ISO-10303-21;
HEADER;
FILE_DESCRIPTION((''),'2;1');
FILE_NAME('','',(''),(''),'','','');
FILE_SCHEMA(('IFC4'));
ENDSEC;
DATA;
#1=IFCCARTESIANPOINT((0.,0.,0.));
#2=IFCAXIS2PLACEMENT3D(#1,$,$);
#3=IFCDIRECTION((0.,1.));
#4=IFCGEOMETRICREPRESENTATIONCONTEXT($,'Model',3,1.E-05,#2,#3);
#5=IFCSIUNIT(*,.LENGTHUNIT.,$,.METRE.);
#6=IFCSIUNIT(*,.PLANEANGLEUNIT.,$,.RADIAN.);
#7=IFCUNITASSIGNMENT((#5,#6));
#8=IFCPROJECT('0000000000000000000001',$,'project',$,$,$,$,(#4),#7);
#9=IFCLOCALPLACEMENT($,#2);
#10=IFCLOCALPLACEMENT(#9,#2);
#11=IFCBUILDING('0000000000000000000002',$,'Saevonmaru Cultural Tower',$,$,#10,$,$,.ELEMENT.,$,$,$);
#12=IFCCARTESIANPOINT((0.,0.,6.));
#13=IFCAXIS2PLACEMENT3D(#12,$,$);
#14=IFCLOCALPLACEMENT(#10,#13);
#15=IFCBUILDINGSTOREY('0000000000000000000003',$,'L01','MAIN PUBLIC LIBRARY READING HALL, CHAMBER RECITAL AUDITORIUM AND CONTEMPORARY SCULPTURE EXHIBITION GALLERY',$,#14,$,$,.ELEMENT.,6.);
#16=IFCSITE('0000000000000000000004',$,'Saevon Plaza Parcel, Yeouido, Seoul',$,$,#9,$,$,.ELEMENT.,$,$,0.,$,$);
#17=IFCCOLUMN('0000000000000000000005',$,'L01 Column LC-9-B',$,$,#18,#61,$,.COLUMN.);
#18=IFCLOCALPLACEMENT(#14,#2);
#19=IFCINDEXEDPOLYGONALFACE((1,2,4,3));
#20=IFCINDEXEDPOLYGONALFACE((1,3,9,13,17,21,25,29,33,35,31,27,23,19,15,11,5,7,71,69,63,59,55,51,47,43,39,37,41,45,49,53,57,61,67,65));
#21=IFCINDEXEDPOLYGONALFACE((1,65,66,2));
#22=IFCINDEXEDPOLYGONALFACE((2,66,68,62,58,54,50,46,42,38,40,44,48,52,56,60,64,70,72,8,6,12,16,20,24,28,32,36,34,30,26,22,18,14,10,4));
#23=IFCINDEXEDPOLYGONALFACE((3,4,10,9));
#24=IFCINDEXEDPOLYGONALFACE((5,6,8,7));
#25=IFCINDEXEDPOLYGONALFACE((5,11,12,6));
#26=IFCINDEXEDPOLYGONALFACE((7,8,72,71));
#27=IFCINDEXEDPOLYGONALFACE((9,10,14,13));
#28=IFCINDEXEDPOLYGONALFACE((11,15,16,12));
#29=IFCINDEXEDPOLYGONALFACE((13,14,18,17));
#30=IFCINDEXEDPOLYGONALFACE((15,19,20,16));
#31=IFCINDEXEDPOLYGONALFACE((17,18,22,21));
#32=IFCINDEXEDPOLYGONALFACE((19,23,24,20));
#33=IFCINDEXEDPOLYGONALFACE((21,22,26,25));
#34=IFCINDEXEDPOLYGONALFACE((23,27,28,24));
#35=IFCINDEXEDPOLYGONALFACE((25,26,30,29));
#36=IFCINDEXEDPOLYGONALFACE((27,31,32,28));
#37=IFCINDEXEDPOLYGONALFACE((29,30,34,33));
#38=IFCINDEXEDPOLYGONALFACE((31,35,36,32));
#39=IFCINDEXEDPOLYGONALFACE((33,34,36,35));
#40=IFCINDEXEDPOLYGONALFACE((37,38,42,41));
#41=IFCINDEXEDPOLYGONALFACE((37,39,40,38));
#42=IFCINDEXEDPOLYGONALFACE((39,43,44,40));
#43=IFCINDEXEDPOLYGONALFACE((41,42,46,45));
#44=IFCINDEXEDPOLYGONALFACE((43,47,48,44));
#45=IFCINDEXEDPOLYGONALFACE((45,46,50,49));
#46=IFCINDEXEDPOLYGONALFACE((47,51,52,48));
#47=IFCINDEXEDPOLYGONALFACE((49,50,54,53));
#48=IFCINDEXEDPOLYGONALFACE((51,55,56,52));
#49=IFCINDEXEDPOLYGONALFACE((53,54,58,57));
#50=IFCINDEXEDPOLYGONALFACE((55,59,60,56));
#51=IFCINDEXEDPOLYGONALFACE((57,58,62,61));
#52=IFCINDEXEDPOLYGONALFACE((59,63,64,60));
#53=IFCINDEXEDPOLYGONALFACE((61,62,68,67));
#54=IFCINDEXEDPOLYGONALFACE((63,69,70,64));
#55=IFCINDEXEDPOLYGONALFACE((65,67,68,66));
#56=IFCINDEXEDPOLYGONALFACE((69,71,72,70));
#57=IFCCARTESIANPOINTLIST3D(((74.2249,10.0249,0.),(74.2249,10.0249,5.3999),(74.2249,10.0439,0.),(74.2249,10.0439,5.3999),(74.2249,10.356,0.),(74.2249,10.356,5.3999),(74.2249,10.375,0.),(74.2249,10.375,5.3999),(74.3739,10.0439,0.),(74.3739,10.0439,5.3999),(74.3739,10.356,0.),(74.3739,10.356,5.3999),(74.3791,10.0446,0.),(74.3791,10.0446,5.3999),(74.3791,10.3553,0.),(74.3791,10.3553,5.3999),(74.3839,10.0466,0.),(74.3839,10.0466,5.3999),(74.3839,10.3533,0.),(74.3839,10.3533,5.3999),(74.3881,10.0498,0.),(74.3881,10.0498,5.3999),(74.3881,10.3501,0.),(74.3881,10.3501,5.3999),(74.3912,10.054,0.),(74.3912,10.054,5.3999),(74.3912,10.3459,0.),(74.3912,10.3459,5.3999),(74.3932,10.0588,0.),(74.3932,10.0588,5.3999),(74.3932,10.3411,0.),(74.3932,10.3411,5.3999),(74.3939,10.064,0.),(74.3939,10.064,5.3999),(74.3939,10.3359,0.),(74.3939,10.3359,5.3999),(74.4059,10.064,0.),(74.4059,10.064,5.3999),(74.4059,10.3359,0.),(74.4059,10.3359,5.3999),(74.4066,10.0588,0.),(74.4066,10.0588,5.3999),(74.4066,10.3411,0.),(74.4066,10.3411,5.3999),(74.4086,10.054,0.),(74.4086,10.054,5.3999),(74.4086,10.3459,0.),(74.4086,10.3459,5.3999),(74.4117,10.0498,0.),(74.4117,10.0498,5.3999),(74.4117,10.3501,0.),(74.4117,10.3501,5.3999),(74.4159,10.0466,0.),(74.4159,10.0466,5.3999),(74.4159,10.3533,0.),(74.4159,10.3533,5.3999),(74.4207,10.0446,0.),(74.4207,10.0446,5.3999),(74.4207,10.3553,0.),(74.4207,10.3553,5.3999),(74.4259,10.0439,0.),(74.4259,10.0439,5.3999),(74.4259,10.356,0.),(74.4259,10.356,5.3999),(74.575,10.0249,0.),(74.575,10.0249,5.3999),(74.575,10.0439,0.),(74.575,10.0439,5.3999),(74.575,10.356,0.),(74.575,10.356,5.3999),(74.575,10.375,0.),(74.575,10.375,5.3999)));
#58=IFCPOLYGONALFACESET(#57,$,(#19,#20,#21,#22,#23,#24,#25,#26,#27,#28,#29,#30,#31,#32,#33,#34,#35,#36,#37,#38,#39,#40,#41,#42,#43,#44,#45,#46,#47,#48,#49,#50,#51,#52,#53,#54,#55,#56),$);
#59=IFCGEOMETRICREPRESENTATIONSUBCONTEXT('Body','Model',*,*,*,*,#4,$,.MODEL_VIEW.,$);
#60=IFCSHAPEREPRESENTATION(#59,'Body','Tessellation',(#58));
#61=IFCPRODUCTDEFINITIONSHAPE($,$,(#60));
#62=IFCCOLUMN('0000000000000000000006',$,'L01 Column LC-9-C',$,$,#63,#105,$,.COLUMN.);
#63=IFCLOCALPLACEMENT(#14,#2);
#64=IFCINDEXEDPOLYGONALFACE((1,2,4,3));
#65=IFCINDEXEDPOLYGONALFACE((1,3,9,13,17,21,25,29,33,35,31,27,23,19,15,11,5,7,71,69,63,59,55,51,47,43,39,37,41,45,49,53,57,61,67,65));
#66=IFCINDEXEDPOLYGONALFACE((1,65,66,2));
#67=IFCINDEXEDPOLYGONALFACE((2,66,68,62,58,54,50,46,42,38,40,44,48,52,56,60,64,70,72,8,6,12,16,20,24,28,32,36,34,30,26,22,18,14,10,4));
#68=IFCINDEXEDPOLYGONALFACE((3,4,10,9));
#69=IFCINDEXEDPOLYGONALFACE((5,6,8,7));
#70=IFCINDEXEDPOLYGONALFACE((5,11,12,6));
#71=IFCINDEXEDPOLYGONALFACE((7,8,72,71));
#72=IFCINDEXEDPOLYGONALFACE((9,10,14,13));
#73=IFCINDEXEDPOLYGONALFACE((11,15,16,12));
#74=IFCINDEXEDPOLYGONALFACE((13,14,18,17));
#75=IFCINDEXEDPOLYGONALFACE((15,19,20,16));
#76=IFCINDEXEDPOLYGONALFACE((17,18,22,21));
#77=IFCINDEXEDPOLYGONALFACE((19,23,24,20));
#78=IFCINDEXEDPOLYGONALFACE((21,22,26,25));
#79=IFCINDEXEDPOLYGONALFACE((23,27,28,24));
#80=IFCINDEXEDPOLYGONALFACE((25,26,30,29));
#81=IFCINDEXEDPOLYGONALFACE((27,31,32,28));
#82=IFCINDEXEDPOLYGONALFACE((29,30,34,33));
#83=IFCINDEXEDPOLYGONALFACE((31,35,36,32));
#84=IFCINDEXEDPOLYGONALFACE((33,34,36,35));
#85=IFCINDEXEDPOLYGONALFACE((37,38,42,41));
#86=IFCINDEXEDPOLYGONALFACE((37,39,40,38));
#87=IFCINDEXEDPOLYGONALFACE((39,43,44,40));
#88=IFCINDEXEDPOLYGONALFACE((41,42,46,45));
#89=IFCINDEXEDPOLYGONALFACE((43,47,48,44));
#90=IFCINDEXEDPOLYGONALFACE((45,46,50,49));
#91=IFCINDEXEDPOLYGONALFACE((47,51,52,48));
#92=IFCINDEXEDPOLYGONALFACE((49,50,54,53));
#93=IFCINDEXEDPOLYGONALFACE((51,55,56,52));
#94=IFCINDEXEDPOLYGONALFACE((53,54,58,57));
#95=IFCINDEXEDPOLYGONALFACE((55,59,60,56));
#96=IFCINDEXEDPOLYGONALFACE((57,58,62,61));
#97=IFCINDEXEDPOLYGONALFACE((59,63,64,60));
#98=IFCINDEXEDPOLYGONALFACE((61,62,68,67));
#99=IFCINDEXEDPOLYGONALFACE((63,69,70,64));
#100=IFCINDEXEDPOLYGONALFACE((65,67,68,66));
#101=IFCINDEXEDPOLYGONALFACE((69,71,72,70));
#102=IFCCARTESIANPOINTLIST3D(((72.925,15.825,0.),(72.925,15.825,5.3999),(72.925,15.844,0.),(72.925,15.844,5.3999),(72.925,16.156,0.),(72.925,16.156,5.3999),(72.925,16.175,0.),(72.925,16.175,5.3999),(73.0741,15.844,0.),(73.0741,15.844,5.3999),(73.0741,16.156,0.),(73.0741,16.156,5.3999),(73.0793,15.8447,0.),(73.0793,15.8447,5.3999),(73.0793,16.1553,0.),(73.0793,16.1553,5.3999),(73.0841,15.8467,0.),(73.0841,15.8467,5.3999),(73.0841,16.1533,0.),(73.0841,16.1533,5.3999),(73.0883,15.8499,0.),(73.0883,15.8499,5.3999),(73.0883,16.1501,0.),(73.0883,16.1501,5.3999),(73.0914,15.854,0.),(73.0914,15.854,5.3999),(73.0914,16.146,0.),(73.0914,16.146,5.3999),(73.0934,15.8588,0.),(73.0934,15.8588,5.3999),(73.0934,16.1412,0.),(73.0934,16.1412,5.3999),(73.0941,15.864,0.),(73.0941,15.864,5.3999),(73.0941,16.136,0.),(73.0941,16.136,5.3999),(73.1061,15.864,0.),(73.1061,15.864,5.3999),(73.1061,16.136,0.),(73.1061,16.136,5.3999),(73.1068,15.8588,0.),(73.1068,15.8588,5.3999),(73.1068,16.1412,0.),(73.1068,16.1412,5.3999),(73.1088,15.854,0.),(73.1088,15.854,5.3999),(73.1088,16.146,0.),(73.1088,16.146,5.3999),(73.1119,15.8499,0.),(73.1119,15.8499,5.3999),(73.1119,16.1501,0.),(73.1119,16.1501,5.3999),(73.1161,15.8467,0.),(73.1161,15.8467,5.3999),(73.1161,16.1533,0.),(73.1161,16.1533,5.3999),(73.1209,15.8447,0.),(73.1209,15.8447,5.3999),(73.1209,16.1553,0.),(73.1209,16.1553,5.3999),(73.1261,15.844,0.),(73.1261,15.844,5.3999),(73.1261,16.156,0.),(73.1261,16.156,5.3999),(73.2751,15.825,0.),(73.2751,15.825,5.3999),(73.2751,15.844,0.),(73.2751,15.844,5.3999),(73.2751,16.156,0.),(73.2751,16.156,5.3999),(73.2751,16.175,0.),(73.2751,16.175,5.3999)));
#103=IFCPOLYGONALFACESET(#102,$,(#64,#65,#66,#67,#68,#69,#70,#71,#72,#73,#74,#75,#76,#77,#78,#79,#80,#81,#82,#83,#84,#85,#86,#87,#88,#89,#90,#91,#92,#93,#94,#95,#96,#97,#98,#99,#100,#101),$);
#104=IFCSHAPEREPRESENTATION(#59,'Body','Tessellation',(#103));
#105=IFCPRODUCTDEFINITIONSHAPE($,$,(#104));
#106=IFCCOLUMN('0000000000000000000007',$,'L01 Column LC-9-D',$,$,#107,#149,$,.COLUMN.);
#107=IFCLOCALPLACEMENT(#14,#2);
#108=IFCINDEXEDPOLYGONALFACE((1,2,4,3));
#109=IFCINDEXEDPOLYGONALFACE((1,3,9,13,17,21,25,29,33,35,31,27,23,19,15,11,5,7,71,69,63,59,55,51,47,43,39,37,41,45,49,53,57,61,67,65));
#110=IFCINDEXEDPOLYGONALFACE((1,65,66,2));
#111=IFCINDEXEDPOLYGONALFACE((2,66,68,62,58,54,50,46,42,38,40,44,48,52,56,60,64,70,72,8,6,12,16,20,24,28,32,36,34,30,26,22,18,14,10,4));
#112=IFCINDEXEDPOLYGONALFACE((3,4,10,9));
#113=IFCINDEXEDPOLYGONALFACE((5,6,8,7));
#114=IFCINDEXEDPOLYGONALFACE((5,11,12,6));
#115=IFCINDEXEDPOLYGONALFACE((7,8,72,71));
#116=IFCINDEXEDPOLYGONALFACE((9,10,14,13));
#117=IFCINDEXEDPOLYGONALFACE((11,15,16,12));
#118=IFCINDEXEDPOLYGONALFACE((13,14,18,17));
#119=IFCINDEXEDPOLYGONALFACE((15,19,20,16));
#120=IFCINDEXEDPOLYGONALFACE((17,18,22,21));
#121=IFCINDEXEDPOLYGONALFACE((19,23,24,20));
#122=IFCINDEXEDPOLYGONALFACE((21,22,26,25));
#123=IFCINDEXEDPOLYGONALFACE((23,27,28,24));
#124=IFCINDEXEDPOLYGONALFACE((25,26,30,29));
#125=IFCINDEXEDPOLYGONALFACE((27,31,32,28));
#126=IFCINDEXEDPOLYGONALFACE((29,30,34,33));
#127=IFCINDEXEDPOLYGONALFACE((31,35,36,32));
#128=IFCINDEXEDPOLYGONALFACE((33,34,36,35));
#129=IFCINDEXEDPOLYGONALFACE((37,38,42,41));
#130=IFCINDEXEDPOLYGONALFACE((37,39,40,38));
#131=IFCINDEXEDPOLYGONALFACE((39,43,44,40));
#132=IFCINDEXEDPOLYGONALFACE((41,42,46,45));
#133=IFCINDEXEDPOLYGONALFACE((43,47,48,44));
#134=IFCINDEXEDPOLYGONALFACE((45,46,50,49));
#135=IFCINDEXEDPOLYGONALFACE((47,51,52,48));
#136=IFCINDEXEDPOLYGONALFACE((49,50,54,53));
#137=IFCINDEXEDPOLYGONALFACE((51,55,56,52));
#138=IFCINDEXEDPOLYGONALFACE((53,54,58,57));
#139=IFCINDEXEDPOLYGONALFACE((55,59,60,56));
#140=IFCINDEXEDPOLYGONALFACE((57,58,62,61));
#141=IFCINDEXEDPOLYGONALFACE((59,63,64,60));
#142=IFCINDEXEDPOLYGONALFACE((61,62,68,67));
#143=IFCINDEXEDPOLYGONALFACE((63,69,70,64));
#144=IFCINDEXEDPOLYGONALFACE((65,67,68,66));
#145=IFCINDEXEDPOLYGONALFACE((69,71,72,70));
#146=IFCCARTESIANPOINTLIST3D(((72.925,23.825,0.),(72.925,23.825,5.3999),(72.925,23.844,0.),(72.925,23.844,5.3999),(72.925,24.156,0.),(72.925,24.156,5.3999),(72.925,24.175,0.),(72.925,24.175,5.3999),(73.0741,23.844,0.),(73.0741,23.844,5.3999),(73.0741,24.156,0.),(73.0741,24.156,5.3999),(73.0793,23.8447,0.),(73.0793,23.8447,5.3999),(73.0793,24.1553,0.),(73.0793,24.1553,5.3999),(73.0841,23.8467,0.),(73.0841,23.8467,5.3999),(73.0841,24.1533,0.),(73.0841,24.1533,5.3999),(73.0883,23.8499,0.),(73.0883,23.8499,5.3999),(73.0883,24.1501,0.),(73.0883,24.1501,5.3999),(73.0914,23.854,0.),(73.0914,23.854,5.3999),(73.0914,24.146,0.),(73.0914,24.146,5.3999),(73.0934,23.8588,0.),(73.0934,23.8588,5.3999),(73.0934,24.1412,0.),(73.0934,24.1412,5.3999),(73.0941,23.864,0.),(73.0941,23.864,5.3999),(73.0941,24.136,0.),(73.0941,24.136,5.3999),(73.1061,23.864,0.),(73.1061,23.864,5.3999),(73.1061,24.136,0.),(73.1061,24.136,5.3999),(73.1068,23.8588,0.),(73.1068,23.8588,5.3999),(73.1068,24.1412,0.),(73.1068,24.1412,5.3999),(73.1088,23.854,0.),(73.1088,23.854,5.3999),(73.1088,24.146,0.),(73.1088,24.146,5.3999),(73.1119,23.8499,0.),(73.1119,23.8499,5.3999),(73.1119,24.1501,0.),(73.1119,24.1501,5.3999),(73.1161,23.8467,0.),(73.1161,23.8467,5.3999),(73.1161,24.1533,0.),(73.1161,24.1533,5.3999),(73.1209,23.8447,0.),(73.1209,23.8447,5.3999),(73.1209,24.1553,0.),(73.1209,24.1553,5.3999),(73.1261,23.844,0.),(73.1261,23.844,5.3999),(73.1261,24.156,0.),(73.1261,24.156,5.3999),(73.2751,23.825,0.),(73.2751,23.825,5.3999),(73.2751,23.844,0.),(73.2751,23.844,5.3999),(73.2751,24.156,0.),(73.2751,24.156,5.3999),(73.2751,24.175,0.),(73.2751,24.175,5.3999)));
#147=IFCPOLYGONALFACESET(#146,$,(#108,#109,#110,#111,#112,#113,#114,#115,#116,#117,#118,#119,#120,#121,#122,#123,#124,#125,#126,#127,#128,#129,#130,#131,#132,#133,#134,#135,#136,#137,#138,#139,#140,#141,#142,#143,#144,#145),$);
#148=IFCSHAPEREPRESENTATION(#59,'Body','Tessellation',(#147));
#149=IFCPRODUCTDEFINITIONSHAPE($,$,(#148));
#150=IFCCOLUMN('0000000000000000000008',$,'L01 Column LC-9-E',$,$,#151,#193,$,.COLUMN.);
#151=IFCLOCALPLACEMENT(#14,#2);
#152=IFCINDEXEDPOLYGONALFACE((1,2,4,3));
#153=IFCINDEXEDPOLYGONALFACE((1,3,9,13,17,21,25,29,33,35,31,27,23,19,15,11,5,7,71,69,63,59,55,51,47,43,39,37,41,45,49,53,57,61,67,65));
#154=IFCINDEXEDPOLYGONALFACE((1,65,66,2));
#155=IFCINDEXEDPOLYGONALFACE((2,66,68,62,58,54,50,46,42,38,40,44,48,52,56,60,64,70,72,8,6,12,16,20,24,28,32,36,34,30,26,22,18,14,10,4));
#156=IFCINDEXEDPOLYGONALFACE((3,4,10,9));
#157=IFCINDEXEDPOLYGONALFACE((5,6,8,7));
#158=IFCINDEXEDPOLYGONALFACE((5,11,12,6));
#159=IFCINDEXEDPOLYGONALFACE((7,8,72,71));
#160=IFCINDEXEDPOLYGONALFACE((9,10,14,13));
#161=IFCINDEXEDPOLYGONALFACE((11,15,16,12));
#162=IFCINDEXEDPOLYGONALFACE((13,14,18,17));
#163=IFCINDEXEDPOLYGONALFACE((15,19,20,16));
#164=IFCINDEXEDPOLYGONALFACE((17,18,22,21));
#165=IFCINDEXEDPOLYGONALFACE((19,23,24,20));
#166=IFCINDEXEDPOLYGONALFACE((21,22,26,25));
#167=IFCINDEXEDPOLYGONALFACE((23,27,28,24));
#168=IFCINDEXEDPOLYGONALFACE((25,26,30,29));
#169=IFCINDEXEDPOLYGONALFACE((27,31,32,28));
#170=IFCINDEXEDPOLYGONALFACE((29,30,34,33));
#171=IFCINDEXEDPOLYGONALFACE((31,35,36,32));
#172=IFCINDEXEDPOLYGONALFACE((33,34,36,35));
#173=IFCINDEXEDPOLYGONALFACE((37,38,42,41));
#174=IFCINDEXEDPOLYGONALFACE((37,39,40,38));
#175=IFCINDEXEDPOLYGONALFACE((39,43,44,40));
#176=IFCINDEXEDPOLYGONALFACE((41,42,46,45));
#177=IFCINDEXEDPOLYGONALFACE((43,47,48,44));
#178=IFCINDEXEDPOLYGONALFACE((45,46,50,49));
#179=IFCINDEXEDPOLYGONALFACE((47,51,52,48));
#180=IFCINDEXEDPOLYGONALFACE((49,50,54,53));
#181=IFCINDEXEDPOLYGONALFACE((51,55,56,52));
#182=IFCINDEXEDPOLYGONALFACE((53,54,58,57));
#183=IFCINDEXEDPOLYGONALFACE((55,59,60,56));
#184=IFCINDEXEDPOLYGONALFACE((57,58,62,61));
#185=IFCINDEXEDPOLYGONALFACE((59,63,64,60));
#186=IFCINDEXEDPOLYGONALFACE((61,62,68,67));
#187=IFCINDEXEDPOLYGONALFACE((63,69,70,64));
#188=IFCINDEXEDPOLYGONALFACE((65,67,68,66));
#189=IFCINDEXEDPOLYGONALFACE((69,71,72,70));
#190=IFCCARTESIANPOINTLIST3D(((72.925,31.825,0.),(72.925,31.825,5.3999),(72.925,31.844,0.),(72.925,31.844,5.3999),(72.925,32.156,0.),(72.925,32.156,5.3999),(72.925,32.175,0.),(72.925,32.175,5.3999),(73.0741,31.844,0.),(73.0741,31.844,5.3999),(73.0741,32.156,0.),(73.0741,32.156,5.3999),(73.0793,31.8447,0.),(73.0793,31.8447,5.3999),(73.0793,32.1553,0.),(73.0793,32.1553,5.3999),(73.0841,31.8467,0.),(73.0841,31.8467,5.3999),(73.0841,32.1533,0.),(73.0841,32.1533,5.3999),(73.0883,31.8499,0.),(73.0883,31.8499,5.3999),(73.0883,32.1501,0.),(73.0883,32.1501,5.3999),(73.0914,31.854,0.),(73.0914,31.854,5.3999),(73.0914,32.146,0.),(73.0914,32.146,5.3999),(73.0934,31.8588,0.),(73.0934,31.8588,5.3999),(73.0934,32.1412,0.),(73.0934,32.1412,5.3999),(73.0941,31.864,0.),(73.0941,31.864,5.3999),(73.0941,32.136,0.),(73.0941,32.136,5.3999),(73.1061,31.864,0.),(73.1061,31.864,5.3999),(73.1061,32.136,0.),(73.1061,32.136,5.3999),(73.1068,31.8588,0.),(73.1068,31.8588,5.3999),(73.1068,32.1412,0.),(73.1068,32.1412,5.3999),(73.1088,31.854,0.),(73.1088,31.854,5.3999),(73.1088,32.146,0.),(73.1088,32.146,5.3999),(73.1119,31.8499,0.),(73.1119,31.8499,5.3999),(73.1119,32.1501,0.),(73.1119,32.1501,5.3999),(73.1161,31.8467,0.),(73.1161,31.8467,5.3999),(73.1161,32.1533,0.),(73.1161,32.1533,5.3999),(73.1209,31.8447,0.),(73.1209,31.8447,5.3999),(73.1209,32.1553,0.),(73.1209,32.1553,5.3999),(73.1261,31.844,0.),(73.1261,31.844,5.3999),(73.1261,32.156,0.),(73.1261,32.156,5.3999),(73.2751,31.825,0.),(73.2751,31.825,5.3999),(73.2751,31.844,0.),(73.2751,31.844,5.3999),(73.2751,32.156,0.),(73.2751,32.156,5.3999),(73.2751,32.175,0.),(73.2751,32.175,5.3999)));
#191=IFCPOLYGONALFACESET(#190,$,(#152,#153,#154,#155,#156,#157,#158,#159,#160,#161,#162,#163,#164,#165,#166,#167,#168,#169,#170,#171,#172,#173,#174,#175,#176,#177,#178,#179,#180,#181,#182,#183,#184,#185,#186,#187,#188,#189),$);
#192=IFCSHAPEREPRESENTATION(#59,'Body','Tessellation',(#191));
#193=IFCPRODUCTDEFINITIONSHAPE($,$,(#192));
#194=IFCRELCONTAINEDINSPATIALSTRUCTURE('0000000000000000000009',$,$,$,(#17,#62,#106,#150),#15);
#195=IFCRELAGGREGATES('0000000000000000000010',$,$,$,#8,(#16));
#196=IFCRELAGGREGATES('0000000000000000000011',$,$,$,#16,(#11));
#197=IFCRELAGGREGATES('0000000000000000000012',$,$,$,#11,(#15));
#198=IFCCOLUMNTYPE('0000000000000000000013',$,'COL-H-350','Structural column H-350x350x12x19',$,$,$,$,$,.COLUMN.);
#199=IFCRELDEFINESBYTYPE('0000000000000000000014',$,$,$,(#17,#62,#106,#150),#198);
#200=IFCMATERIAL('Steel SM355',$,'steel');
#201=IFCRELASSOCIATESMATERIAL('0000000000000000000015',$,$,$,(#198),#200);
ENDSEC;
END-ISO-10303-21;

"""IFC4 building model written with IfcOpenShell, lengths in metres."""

from ifc_helpers import new_model, si_unit, direction, frame, origin, origin_2d, place, context, subcontext, project, spatial, i_section, extrude, material, material_profile, profile_set, type_object, element, save


model = new_model("IFC4")

# Units and contexts
model_context = context("Model", 3, precision=1e-05, world=origin(), true_north=direction((0.0, 1.0)))
body_context = subcontext(model_context, "Body", "Model", "MODEL_VIEW")
ifc_project = project(units=[si_unit("LENGTHUNIT", "METRE"), si_unit("PLANEANGLEUNIT", "RADIAN")], contexts=[model_context])

# Site, building, storey
site_placement = place(None, origin())
site = spatial("IfcSite", under=ifc_project, at=site_placement, Name="Saevon Plaza Parcel, Yeouido, Seoul", CompositionType="ELEMENT", RefElevation=0.0)
building_placement = place(site_placement, origin())
building = spatial("IfcBuilding", under=site, at=building_placement, Name="Saevonmaru Cultural Tower", CompositionType="ELEMENT")
storey_placement = place(building_placement, frame((0.0, 0.0, 6.0)))
storey = spatial("IfcBuildingStorey", under=building, at=storey_placement, Name="L01", Description="MAIN PUBLIC LIBRARY READING HALL, CHAMBER RECITAL AUDITORIUM AND CONTEMPORARY SCULPTURE EXHIBITION GALLERY", CompositionType="ELEMENT", Elevation=6.0)

# Columns
ifc_material_1 = material(Name="Steel SM355", Category="steel")
ifc_material_profile_1 = material_profile(ifc_material_1, i_section(OverallWidth=0.3501, OverallDepth=0.3501, WebThickness=0.012, FlangeThickness=0.019, FilletRadius=0.02, at=origin_2d()), Name="H-350x350x12x19")
ifc_profile_set_1 = profile_set([ifc_material_profile_1], Name="Steel SM355")
column_type_1 = type_object("IfcColumnType", Name="COL-H-350", Description="Structural column H-350x350x12x19", PredefinedType="COLUMN", material=ifc_profile_set_1)
for number, where, z_axis, x_axis, name in (
    (1, (74.3999, 10.2, 0.0), (0.0, 0.0, 1.0), (1.0, 0.0, 0.0), "L01 Column LC-9-B"),
    (2, (73.1001, 16.0, 0.0), (0.0, 0.0, 1.0), (1.0, 0.0, 0.0), "L01 Column LC-9-C"),
    (3, (73.1001, 24.0, 0.0), (0.0, 0.0, 1.0), (1.0, 0.0, 0.0), "L01 Column LC-9-D"),
    (4, (73.1001, 32.0, 0.0), (0.0, 0.0, 1.0), (1.0, 0.0, 0.0), "L01 Column LC-9-E"),
):
    element("IfcColumn", number, at=place(storey_placement, frame(where, z_axis=z_axis, x_axis=x_axis)), inside=storey, type_object=column_type_1, Name=name, PredefinedType="COLUMN", context=body_context, shape_type="SweptSolid", body=[
        extrude(i_section(OverallWidth=0.3501, OverallDepth=0.3501, WebThickness=0.012, FlangeThickness=0.019, FilletRadius=0.02, at=origin_2d()), origin(), (0.0, 0.0, 1.0), 5.3999),
    ])

save(model, "model.ifc")
